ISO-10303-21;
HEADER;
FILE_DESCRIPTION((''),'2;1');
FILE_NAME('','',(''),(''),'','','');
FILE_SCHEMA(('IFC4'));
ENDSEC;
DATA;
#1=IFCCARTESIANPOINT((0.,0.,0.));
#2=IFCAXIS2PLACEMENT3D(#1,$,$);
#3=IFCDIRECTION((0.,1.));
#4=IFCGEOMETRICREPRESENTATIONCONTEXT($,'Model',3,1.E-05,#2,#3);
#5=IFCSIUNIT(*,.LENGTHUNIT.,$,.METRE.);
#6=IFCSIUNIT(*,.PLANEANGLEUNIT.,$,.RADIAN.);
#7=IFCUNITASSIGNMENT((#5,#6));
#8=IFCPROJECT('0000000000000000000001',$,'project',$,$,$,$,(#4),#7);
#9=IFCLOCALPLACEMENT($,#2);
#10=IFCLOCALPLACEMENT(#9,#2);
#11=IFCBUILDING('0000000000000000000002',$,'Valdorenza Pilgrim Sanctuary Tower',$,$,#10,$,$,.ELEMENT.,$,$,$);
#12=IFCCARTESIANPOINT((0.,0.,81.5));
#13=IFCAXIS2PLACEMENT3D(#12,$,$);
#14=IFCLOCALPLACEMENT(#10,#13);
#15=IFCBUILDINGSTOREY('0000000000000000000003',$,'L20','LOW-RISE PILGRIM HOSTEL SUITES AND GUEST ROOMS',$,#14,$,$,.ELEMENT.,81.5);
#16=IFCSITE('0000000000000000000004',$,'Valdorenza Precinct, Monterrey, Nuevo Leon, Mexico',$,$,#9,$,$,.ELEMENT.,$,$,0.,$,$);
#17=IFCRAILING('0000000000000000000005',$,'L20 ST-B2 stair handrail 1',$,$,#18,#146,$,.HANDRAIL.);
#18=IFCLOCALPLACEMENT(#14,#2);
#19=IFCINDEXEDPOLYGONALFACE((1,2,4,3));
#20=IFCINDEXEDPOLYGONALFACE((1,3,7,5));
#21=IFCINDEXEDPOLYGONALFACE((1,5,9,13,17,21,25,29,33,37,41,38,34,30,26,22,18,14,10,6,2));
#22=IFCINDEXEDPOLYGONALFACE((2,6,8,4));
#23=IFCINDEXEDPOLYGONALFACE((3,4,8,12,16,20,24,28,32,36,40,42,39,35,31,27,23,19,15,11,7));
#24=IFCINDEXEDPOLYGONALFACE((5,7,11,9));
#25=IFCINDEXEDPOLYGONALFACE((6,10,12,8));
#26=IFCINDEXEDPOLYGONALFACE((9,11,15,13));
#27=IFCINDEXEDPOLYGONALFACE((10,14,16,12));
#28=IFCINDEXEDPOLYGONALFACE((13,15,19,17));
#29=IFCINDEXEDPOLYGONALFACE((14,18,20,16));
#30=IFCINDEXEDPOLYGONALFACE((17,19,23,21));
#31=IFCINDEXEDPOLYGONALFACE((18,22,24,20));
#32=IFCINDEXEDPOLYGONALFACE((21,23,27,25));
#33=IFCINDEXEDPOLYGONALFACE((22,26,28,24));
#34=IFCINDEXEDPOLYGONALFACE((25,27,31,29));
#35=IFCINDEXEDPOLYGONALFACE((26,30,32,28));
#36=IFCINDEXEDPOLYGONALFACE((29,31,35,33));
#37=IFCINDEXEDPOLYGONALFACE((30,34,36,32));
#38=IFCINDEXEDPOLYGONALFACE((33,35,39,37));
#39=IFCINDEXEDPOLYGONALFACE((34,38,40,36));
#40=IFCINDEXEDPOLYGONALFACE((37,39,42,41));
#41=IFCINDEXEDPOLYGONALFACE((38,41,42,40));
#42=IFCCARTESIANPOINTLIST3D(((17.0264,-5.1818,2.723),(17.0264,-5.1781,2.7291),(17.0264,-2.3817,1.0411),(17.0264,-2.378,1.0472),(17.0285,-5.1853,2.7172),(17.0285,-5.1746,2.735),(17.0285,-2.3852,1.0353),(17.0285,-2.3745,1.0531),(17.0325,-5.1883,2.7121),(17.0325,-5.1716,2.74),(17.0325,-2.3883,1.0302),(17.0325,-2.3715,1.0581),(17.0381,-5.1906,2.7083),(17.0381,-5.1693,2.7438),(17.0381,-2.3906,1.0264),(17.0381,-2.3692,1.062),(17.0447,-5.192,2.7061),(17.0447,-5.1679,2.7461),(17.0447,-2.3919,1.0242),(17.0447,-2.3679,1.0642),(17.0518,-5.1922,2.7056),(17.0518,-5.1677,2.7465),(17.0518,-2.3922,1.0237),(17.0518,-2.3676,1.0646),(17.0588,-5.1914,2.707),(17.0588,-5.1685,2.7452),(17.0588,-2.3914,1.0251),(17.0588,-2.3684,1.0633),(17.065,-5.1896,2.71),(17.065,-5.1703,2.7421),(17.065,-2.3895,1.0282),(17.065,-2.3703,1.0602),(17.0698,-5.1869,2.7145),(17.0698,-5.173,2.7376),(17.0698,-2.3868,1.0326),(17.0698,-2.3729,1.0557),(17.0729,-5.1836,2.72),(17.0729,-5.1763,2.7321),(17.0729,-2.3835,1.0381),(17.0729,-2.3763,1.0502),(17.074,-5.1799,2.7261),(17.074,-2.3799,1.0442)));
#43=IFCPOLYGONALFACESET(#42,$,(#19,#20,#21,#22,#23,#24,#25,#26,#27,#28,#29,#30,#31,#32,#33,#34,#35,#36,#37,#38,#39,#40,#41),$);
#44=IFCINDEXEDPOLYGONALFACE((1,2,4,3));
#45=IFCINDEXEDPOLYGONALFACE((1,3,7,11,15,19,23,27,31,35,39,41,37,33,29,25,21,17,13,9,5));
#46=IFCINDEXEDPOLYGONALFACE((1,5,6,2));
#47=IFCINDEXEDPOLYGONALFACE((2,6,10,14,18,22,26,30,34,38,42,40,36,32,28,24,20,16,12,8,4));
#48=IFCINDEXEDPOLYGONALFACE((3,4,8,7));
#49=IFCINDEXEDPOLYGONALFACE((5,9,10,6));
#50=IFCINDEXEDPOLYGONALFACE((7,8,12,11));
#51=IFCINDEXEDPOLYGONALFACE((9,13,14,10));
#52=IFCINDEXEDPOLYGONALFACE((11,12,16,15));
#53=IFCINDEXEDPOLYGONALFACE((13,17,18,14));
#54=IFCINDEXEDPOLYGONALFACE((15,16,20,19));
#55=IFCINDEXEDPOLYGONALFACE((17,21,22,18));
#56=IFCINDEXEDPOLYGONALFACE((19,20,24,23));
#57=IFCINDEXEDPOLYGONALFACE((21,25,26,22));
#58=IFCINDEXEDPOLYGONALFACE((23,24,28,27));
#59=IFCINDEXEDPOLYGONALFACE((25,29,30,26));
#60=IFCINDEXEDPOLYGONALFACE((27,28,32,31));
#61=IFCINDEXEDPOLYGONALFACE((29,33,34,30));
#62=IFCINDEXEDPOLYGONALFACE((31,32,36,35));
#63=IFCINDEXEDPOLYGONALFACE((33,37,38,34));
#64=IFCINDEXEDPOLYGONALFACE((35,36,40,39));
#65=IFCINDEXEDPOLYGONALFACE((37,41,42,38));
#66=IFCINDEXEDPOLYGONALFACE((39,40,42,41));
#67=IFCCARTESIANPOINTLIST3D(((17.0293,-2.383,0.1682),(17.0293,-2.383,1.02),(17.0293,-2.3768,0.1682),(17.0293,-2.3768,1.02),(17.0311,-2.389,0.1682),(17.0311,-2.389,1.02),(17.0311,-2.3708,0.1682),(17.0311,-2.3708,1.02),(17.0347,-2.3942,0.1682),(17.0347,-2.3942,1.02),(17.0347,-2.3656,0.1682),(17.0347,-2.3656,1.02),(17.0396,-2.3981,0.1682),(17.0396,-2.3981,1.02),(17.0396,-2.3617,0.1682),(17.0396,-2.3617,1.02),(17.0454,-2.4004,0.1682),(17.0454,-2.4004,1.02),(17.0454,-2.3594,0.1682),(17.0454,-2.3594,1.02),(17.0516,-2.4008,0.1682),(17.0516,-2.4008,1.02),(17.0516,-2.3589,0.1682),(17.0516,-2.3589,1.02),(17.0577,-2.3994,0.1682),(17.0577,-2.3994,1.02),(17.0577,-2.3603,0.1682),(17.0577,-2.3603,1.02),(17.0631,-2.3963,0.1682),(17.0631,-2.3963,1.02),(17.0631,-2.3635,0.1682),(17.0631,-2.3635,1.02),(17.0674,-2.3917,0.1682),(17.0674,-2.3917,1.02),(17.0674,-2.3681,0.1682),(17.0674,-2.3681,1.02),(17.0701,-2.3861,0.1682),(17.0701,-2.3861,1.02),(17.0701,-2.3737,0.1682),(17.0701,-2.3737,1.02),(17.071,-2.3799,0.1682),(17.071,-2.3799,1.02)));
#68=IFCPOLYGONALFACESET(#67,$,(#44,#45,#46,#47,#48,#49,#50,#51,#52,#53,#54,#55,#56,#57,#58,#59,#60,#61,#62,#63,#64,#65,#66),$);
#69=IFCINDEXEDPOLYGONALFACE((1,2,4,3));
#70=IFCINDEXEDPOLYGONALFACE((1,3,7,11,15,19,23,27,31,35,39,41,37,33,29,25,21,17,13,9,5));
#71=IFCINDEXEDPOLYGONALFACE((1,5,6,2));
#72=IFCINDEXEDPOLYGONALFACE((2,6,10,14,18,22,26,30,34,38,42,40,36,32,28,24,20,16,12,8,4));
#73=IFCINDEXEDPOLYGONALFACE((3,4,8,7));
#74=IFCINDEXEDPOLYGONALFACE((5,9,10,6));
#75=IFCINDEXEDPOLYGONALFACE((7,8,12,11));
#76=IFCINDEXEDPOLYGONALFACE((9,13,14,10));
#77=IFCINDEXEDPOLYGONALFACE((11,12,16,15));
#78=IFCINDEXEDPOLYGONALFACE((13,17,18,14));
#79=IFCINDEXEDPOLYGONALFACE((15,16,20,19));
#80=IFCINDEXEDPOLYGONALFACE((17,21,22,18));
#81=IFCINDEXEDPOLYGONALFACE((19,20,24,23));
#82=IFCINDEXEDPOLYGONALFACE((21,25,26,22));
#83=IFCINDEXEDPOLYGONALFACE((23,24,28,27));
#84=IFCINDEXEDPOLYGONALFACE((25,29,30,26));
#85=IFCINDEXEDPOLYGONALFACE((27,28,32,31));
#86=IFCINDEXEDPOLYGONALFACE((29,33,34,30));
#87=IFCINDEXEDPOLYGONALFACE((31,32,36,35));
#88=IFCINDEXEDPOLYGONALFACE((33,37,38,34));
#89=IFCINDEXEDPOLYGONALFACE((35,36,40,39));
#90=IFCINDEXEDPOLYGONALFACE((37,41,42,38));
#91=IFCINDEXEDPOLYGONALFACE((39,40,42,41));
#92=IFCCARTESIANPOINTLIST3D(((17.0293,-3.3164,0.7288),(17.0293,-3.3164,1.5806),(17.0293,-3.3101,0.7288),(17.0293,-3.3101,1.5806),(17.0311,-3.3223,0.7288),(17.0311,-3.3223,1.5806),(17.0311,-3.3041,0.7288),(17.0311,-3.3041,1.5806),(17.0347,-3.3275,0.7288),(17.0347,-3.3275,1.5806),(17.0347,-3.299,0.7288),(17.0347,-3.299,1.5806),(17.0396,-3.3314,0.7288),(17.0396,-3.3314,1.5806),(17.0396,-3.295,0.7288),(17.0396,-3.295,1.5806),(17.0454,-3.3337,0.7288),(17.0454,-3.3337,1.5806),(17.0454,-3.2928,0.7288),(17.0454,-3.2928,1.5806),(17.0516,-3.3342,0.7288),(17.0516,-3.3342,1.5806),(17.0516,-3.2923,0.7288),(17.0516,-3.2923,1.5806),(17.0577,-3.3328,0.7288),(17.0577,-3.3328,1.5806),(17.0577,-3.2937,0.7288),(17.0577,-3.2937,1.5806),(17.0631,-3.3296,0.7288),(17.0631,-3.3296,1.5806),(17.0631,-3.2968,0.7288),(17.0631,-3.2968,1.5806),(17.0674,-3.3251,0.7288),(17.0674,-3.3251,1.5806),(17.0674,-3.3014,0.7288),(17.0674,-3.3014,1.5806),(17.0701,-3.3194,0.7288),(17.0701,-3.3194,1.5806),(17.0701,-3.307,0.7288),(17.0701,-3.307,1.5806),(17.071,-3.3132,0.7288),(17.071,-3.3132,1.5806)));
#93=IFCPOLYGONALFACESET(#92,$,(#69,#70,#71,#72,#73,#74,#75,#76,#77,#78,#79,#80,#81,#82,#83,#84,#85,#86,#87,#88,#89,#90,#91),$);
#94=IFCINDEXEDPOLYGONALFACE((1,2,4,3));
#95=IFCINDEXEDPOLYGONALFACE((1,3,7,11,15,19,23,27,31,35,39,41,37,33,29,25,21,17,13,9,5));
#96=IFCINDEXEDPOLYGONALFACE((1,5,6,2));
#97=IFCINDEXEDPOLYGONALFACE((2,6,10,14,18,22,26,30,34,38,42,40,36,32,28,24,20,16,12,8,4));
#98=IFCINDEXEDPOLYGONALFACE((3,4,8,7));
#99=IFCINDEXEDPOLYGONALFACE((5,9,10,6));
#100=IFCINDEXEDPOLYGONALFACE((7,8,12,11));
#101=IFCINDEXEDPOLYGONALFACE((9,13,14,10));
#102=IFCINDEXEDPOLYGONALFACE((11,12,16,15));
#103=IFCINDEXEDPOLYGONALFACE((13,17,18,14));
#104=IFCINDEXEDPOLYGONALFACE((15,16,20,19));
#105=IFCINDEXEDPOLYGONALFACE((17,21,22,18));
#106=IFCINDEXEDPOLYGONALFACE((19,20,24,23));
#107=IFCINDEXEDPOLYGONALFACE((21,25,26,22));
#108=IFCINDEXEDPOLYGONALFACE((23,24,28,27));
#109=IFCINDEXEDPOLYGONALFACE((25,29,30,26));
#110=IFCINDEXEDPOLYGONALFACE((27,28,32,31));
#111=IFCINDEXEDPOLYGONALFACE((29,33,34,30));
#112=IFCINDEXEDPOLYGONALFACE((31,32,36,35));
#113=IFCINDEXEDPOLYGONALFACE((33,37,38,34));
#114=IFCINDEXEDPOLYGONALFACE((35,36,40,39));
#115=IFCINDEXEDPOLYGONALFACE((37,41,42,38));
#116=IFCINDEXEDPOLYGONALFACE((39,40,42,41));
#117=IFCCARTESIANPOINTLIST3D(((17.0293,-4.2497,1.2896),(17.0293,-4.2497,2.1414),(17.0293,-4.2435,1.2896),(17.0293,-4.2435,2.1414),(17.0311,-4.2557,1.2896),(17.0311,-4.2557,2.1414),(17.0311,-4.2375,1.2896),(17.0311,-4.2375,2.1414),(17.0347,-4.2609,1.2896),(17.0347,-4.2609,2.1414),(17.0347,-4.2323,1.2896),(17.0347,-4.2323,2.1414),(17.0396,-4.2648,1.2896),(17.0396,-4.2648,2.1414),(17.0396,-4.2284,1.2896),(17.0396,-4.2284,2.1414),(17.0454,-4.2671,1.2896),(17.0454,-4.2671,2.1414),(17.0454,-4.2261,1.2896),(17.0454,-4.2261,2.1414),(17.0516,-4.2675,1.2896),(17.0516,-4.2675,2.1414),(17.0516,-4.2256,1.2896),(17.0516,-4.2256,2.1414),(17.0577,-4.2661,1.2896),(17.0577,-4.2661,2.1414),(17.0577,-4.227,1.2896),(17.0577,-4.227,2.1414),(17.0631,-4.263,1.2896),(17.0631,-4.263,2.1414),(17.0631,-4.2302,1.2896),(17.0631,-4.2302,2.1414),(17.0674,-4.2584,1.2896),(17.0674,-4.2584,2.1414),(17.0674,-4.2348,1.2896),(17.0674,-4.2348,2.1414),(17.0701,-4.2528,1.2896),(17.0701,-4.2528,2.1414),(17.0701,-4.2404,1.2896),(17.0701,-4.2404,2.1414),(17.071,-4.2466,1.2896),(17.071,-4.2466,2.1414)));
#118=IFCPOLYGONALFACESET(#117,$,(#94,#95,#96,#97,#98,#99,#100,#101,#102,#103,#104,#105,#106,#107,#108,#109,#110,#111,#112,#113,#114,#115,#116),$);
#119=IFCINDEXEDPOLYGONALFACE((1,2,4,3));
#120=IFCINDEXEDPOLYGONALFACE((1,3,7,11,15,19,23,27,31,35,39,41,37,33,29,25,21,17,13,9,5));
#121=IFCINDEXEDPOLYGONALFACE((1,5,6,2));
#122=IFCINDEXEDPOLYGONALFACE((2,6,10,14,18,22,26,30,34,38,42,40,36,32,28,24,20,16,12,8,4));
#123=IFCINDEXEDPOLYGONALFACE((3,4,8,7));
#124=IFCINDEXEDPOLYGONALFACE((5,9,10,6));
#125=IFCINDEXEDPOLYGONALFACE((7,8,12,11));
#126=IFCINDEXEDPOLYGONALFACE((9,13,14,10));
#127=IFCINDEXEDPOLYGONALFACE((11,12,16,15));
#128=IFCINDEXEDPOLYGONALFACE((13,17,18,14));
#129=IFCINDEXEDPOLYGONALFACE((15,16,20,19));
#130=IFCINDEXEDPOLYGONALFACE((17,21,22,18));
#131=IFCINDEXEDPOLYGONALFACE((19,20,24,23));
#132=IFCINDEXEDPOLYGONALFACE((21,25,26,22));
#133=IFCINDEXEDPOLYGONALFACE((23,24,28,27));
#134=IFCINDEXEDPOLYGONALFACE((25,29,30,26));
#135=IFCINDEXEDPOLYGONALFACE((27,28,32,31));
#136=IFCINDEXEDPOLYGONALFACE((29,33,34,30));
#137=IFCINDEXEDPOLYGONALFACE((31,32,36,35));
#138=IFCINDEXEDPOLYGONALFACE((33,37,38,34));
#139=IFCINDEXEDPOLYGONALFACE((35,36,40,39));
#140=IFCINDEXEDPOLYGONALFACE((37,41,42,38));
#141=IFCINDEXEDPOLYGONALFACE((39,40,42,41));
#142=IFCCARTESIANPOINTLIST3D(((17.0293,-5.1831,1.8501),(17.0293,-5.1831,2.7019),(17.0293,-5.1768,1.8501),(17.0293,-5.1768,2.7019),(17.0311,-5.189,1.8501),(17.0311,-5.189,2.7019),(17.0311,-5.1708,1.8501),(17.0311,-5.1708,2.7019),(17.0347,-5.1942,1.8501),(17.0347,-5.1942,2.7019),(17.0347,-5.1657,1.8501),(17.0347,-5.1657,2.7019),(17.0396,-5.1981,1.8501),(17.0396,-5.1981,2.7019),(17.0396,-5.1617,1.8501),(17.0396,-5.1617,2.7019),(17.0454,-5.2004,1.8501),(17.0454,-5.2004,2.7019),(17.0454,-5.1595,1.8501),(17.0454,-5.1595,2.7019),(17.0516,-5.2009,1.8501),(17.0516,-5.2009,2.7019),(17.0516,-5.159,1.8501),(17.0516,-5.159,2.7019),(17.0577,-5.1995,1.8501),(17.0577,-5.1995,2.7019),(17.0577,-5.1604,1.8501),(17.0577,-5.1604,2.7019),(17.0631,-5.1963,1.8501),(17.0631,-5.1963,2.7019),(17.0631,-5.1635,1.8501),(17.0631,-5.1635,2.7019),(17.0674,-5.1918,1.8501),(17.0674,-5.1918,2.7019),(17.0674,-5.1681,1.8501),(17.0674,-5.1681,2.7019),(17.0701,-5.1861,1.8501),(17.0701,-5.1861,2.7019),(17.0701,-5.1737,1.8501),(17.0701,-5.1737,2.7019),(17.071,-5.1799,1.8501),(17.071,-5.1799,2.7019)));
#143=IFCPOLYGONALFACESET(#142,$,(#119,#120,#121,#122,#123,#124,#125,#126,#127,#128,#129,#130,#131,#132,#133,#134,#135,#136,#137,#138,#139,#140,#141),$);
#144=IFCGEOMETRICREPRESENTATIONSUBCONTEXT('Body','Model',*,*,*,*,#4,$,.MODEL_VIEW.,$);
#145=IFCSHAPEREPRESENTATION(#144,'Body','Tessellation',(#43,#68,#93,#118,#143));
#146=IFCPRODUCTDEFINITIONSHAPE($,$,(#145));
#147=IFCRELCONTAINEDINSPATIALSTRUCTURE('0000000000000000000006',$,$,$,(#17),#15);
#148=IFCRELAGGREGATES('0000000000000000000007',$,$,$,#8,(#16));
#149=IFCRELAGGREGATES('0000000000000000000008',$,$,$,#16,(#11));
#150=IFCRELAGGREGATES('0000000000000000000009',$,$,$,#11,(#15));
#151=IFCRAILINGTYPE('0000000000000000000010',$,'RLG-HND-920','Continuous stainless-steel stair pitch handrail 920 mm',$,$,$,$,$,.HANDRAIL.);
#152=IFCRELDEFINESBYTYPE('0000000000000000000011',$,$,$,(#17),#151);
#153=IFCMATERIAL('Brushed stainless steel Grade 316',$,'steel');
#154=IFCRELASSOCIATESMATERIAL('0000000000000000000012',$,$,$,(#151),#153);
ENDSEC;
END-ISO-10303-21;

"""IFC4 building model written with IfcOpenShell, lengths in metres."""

from ifc_helpers import new_model, si_unit, direction, frame, origin, origin_2d, place, context, subcontext, project, spatial, circle, extrude, material, type_object, element, save


model = new_model("IFC4")

# Units and contexts
model_context = context("Model", 3, precision=1e-05, world=origin(), true_north=direction((0.0, 1.0)))
body_context = subcontext(model_context, "Body", "Model", "MODEL_VIEW")
ifc_project = project(units=[si_unit("LENGTHUNIT", "METRE"), si_unit("PLANEANGLEUNIT", "RADIAN")], contexts=[model_context])

# Site, building, storey
site_placement = place(None, origin())
site = spatial("IfcSite", under=ifc_project, at=site_placement, Name="Valdorenza Precinct, Monterrey, Nuevo Leon, Mexico", CompositionType="ELEMENT", RefElevation=0.0)
building_placement = place(site_placement, origin())
building = spatial("IfcBuilding", under=site, at=building_placement, Name="Valdorenza Pilgrim Sanctuary Tower", CompositionType="ELEMENT")
storey_placement = place(building_placement, frame((0.0, 0.0, 81.5)))
storey = spatial("IfcBuildingStorey", under=building, at=storey_placement, Name="L20", Description="LOW-RISE PILGRIM HOSTEL SUITES AND GUEST ROOMS", CompositionType="ELEMENT", Elevation=81.5)

# Shared definitions
ifc_material_1 = material(Name="Brushed stainless steel Grade 316", Category="steel")

# Railing
railing_type_1 = type_object("IfcRailingType", Name="RLG-HND-920", Description="Continuous stainless-steel stair pitch handrail 920 mm", PredefinedType="HANDRAIL", material=ifc_material_1)
railing_1_placement = place(storey_placement, frame((17.05, -2.3799, 0.1682)))
element("IfcRailing", 1, at=railing_1_placement, inside=storey, type_object=railing_type_1, Name="L20 ST-B2 stair handrail 1", PredefinedType="HANDRAIL", context=body_context, shape_type="SweptSolid", body=[
    extrude(circle(Radius=0.0239, at=origin_2d()), frame((0.0, 0.0, 0.876), z_axis=(0.0, -0.857242, 0.514913), x_axis=(1.0, 0.0, 0.0)), (0.0, 0.0, 1.0), 3.2664),
    extrude(circle(Radius=0.021, at=origin_2d()), origin(), (0.0, 0.0, 1.0), 0.8518),
    extrude(circle(Radius=0.021, at=origin_2d()), frame((0.0, -0.9333, 0.5605)), (0.0, 0.0, 1.0), 0.8518),
    extrude(circle(Radius=0.021, at=origin_2d()), frame((0.0, -1.8667, 1.1213)), (0.0, 0.0, 1.0), 0.8518),
    extrude(circle(Radius=0.021, at=origin_2d()), frame((0.0, -2.8, 1.6819)), (0.0, 0.0, 1.0), 0.8518),
])

save(model, "model.ifc")
